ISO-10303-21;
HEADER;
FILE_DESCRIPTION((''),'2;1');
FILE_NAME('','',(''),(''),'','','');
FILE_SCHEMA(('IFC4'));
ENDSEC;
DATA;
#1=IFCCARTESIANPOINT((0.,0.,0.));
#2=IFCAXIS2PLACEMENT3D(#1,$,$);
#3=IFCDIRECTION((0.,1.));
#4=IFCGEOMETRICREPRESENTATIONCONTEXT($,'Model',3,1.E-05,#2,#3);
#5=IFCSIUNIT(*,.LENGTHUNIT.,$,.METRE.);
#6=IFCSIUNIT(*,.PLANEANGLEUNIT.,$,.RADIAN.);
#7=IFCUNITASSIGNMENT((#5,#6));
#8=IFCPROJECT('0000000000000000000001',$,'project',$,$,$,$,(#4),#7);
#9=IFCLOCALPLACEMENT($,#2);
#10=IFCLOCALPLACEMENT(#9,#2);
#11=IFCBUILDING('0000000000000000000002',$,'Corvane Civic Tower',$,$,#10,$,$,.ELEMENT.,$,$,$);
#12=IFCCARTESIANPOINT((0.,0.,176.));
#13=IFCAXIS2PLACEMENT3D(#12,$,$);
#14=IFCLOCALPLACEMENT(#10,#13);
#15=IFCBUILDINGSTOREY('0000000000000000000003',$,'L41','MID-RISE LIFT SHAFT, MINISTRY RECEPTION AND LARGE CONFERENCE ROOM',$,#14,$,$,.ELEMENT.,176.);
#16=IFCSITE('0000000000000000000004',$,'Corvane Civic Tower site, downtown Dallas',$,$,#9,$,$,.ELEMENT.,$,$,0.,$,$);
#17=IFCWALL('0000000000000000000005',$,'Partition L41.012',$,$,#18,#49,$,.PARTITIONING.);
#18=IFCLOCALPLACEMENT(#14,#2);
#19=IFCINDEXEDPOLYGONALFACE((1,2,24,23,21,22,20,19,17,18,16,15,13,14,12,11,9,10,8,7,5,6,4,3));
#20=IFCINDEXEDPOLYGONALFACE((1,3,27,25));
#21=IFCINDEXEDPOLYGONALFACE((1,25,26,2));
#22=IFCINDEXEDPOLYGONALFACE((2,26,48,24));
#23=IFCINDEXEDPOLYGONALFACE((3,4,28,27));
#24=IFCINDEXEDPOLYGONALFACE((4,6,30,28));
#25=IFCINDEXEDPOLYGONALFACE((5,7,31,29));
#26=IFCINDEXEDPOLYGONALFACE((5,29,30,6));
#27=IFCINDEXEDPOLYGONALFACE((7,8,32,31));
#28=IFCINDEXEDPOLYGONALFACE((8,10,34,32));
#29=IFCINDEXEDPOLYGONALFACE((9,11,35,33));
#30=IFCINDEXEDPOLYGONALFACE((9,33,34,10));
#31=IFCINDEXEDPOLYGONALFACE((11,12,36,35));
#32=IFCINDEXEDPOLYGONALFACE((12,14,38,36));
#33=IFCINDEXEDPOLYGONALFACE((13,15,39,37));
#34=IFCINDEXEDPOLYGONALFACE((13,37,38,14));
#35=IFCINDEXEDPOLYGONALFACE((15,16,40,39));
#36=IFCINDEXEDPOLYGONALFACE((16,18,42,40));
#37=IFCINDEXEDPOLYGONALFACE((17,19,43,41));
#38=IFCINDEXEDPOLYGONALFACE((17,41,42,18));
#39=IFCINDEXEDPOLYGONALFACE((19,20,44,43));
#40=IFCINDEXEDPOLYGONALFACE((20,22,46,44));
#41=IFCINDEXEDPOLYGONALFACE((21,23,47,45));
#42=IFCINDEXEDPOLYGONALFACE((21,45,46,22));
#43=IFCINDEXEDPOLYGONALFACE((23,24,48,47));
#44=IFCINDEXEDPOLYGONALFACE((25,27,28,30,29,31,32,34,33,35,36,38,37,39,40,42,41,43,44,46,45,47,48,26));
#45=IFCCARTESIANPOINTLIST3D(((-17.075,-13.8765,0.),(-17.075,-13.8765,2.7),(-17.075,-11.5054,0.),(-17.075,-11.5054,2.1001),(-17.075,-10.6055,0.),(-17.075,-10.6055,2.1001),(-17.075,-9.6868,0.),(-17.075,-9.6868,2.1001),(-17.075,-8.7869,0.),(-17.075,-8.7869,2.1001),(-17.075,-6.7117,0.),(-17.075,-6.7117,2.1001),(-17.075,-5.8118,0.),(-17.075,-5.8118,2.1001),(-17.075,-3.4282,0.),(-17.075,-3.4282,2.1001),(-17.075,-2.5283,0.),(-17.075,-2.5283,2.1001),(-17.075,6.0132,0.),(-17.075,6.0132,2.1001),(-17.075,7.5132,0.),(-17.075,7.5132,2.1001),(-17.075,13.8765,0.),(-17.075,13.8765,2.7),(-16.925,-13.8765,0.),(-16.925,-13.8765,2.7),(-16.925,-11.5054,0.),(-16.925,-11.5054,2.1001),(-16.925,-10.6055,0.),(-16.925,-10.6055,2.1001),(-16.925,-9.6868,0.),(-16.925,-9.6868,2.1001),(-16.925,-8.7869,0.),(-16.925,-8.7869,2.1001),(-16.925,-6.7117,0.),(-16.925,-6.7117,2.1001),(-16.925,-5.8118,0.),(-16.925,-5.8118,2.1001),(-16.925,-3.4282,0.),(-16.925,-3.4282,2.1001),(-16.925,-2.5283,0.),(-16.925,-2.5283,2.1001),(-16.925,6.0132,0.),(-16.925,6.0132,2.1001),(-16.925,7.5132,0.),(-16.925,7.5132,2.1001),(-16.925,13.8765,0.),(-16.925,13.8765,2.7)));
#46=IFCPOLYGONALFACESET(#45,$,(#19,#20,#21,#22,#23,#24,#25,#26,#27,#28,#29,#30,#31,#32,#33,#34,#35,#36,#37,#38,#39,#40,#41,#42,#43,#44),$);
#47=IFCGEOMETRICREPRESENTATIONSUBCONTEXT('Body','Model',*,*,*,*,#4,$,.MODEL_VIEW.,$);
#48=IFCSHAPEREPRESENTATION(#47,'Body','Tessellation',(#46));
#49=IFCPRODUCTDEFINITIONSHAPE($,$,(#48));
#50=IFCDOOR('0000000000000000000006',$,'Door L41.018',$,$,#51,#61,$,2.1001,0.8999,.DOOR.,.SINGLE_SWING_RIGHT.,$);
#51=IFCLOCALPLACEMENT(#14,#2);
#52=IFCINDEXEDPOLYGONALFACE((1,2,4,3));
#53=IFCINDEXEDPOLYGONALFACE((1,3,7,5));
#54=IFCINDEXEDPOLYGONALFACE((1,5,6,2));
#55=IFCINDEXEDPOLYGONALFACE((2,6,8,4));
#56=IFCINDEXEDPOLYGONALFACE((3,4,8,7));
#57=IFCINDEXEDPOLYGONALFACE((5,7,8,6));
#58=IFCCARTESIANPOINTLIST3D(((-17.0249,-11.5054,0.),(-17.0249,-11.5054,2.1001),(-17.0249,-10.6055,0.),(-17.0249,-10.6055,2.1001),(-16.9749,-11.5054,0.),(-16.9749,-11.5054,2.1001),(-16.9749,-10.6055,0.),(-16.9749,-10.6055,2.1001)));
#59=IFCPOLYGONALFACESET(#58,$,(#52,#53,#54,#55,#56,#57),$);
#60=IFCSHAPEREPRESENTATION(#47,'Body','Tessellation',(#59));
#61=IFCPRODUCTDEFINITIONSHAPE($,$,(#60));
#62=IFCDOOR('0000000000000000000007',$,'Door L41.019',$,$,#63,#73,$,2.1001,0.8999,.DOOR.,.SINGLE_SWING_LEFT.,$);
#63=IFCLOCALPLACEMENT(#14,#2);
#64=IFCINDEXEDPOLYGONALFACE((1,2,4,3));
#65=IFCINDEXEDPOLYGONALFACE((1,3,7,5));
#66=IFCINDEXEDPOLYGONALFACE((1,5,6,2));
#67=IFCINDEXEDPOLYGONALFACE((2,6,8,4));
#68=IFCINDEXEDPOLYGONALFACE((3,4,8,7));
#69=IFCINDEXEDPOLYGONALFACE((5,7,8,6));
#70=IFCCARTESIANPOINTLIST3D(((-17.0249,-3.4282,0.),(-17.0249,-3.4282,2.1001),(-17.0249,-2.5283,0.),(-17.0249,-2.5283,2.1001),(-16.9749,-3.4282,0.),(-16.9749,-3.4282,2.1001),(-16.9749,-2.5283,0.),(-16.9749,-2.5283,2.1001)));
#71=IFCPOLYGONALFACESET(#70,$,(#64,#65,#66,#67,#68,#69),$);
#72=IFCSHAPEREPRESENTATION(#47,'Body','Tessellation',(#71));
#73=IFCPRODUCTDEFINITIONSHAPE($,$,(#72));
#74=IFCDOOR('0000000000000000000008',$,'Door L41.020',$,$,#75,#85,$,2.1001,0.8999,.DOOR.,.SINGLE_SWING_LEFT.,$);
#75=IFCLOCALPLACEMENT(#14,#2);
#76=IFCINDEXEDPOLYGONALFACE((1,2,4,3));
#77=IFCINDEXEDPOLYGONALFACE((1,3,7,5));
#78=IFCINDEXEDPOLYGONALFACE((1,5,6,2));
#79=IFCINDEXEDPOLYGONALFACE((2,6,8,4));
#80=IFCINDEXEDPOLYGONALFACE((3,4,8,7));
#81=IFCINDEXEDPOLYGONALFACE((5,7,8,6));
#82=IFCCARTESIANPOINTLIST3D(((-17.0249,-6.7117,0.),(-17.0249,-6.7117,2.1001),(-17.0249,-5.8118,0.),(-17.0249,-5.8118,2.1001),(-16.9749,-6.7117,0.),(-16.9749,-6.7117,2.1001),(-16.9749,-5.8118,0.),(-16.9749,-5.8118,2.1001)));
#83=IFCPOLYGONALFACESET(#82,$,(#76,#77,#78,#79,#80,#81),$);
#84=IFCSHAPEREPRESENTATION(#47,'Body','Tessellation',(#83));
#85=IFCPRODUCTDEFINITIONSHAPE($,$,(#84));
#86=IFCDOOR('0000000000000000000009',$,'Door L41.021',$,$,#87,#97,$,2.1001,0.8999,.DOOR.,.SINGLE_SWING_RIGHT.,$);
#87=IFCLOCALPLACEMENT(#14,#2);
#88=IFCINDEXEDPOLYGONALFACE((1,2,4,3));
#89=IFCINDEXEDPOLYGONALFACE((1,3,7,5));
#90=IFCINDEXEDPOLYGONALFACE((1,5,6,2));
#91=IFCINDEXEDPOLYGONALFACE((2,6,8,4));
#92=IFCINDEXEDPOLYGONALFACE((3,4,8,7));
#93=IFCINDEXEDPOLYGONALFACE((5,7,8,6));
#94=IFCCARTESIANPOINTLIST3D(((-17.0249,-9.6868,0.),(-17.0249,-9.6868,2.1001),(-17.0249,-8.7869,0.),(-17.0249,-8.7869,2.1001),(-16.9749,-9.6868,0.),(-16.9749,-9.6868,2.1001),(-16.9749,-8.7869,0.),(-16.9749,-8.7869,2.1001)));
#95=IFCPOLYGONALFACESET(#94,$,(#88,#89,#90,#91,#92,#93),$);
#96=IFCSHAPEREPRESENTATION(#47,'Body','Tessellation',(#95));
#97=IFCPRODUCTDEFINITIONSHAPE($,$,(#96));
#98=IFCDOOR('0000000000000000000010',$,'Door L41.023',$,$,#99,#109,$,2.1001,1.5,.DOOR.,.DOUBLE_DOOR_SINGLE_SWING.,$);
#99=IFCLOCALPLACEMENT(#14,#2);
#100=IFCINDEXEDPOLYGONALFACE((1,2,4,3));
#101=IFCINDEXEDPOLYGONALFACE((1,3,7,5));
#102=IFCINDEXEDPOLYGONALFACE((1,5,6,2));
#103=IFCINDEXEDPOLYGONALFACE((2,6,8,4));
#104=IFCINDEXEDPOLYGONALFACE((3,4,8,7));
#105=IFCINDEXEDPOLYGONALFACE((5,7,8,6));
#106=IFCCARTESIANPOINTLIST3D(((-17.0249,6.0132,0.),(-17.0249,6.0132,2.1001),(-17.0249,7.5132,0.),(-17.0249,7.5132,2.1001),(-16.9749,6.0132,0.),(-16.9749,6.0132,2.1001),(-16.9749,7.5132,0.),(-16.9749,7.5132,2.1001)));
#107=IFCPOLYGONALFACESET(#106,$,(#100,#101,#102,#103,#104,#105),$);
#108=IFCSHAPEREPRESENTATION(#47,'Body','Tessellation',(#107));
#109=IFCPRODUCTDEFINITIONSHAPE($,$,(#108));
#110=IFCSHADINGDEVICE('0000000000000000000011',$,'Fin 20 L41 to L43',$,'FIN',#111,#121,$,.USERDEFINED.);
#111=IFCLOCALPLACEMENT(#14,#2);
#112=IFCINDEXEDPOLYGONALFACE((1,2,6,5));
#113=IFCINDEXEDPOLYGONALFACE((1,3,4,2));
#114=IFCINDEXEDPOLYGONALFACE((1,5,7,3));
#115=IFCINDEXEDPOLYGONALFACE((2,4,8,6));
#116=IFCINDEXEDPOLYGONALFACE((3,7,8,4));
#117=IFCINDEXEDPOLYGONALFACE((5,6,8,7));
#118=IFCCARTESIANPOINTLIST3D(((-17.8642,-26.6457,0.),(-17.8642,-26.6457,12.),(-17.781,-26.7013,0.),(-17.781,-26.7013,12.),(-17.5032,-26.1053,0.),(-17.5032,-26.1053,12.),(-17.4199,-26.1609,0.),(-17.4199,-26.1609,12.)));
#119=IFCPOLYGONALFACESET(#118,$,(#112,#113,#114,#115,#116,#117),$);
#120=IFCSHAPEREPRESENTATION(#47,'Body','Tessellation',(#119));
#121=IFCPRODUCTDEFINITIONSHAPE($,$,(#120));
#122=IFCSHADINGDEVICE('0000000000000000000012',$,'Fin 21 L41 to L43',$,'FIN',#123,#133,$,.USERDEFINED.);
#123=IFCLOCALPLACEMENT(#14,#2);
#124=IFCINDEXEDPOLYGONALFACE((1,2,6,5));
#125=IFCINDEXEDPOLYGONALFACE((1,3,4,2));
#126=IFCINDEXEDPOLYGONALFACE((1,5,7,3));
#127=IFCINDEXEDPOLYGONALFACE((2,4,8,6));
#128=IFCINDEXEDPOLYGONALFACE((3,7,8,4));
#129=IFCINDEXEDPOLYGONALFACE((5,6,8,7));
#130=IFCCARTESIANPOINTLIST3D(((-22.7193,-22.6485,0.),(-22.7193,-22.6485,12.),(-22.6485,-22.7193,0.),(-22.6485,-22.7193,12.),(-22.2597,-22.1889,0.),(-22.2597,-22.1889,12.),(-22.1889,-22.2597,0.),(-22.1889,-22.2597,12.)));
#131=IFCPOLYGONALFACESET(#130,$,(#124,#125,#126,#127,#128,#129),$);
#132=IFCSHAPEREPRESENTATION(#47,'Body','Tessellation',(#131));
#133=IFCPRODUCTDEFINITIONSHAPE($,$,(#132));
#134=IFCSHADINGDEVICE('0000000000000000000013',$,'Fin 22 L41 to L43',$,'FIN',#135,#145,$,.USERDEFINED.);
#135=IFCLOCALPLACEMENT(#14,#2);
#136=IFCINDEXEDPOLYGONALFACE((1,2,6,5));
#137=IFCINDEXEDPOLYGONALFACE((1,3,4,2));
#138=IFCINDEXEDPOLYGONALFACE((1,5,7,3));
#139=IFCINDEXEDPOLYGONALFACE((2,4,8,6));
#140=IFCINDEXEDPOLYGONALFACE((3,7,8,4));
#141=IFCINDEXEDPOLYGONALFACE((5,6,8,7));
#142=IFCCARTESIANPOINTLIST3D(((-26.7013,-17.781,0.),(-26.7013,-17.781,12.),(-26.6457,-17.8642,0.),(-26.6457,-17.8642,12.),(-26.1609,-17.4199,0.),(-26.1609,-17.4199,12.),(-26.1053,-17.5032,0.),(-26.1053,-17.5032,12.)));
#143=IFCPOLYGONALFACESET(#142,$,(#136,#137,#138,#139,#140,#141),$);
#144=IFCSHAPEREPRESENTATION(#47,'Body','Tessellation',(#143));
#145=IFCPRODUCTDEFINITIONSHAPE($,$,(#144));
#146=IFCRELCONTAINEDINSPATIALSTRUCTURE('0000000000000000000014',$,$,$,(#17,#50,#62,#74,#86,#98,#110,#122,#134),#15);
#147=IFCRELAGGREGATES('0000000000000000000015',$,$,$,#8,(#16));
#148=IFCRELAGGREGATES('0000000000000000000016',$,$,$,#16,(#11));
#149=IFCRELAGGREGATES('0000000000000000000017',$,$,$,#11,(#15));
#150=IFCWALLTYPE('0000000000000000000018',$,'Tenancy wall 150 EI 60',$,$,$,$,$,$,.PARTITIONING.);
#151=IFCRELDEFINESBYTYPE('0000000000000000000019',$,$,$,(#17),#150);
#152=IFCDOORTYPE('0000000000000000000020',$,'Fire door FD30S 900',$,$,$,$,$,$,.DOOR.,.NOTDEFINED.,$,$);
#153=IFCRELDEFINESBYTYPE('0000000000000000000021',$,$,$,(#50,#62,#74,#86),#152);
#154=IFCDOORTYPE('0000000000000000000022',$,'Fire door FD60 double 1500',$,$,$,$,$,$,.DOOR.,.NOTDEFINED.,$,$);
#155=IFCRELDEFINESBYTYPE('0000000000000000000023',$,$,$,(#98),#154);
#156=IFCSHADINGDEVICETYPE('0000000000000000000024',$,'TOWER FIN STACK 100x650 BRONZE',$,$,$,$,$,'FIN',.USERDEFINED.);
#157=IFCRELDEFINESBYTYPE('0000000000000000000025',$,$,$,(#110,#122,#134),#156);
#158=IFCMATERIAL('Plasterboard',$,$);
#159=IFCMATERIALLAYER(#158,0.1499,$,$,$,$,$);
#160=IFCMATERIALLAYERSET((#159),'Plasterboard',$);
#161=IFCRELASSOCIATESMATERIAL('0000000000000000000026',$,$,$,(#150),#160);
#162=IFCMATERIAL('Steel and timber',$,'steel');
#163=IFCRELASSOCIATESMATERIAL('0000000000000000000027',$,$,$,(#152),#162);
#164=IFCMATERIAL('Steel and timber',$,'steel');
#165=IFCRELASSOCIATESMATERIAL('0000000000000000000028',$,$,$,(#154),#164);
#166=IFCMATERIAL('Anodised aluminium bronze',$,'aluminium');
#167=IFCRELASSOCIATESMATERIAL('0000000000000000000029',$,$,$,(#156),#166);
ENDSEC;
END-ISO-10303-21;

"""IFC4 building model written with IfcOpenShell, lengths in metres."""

from ifc_helpers import new_model, si_unit, direction, frame, frame_2d, origin, origin_2d, place, context, subcontext, project, spatial, rectangle, extrude, material, layer, layer_set, material_profile, profile_set, type_object, element, fill, save


model = new_model("IFC4")

# Units and contexts
model_context = context("Model", 3, precision=1e-05, world=origin(), true_north=direction((0.0, 1.0)))
body_context = subcontext(model_context, "Body", "Model", "MODEL_VIEW")
ifc_project = project(units=[si_unit("LENGTHUNIT", "METRE"), si_unit("PLANEANGLEUNIT", "RADIAN")], contexts=[model_context])

# Site, building, storey
site_placement = place(None, origin())
site = spatial("IfcSite", under=ifc_project, at=site_placement, Name="Corvane Civic Tower site, downtown Dallas", CompositionType="ELEMENT", RefElevation=0.0)
building_placement = place(site_placement, origin())
building = spatial("IfcBuilding", under=site, at=building_placement, Name="Corvane Civic Tower", CompositionType="ELEMENT")
storey_placement = place(building_placement, frame((0.0, 0.0, 176.0)))
storey = spatial("IfcBuildingStorey", under=building, at=storey_placement, Name="L41", Description="MID-RISE LIFT SHAFT, MINISTRY RECEPTION AND LARGE CONFERENCE ROOM", CompositionType="ELEMENT", Elevation=176.0)

# Shared definitions
ifc_material_1 = material(Name="Plasterboard")
ifc_layer_1 = layer(ifc_material_1, 0.1499)
ifc_layer_set_1 = layer_set([ifc_layer_1], Name="Plasterboard")
wall_type_1 = type_object("IfcWallType", Name="Tenancy wall 150 EI 60", PredefinedType="PARTITIONING", material=ifc_layer_set_1)
ifc_material_2 = material(Name="Steel and timber", Category="steel")
door_type_1 = type_object("IfcDoorType", Name="Fire door FD30S 900", OperationType="NOTDEFINED", PredefinedType="DOOR", material=ifc_material_2)

# Wall, openings, doors
wall_1_placement = place(storey_placement, frame((-17.0, -13.8765, 0.0), z_axis=(0.0, 0.0, 1.0), x_axis=(0.0, 1.0, 0.0)))
wall_1 = element("IfcWall", 1, at=wall_1_placement, inside=storey, type_object=wall_type_1, Name="Partition L41.012", PredefinedType="PARTITIONING", context=body_context, shape_type="SweptSolid", body=[
    extrude(rectangle(XDim=27.7529, YDim=0.1499, at=frame_2d((13.8765, 0.0))), origin(), (0.0, 0.0, 1.0), 2.7),
])
opening_1_placement = place(wall_1_placement, frame((2.3711, 0.0, 0.0)))
opening_1 = element("IfcOpeningElement", 2, at=opening_1_placement, cuts=wall_1, PredefinedType="OPENING", context=body_context, shape_type="SweptSolid", body=[
    extrude(rectangle(XDim=0.8999, YDim=2.1001, at=frame_2d((0.45, 1.05))), frame((0.0, 0.085, 0.0), z_axis=(0.0, -1.0, 0.0), x_axis=(1.0, 0.0, 0.0)), (0.0, 0.0, 1.0), 0.1699),
])
opening_2_placement = place(wall_1_placement, frame((10.4482, 0.0, 0.0)))
opening_2 = element("IfcOpeningElement", 3, at=opening_2_placement, cuts=wall_1, PredefinedType="OPENING", context=body_context, shape_type="SweptSolid", body=[
    extrude(rectangle(XDim=0.8999, YDim=2.1001, at=frame_2d((0.45, 1.05))), frame((0.0, 0.085, 0.0), z_axis=(0.0, -1.0, 0.0), x_axis=(1.0, 0.0, 0.0)), (0.0, 0.0, 1.0), 0.1699),
])
opening_3_placement = place(wall_1_placement, frame((7.1648, 0.0, 0.0)))
opening_3 = element("IfcOpeningElement", 4, at=opening_3_placement, cuts=wall_1, PredefinedType="OPENING", context=body_context, shape_type="SweptSolid", body=[
    extrude(rectangle(XDim=0.8999, YDim=2.1001, at=frame_2d((0.45, 1.05))), frame((0.0, 0.085, 0.0), z_axis=(0.0, -1.0, 0.0), x_axis=(1.0, 0.0, 0.0)), (0.0, 0.0, 1.0), 0.1699),
])
opening_4_placement = place(wall_1_placement, frame((4.1897, 0.0, 0.0)))
opening_4 = element("IfcOpeningElement", 5, at=opening_4_placement, cuts=wall_1, PredefinedType="OPENING", context=body_context, shape_type="SweptSolid", body=[
    extrude(rectangle(XDim=0.8999, YDim=2.1001, at=frame_2d((0.45, 1.05))), frame((0.0, 0.085, 0.0), z_axis=(0.0, -1.0, 0.0), x_axis=(1.0, 0.0, 0.0)), (0.0, 0.0, 1.0), 0.1699),
])
opening_5_placement = place(wall_1_placement, frame((19.8896, 0.0, 0.0)))
opening_5 = element("IfcOpeningElement", 6, at=opening_5_placement, cuts=wall_1, PredefinedType="OPENING", context=body_context, shape_type="SweptSolid", body=[
    extrude(rectangle(XDim=1.5, YDim=2.1001, at=frame_2d((0.75, 1.05))), frame((0.0, 0.085, 0.0), z_axis=(0.0, -1.0, 0.0), x_axis=(1.0, 0.0, 0.0)), (0.0, 0.0, 1.0), 0.1699),
])
door_1_placement = place(opening_1_placement, origin())
door_1 = element("IfcDoor", 7, at=door_1_placement, inside=storey, type_object=door_type_1, Name="Door L41.018", OperationType="SINGLE_SWING_RIGHT", OverallHeight=2.1001, OverallWidth=0.8999, PredefinedType="DOOR", context=body_context, shape_type="SweptSolid", body=[
    extrude(rectangle(XDim=0.8999, YDim=2.1001, at=frame_2d((0.45, 1.05))), frame((0.0, 0.0249, 0.0), z_axis=(0.0, -1.0, 0.0), x_axis=(1.0, 0.0, 0.0)), (0.0, 0.0, 1.0), 0.05),
])
fill(opening_1, door_1)
door_2_placement = place(opening_2_placement, origin())
door_2 = element("IfcDoor", 8, at=door_2_placement, inside=storey, type_object=door_type_1, Name="Door L41.019", OperationType="SINGLE_SWING_LEFT", OverallHeight=2.1001, OverallWidth=0.8999, PredefinedType="DOOR", context=body_context, shape_type="SweptSolid", body=[
    extrude(rectangle(XDim=0.8999, YDim=2.1001, at=frame_2d((0.45, 1.05))), frame((0.0, 0.0249, 0.0), z_axis=(0.0, -1.0, 0.0), x_axis=(1.0, 0.0, 0.0)), (0.0, 0.0, 1.0), 0.05),
])
fill(opening_2, door_2)
door_3_placement = place(opening_3_placement, origin())
door_3 = element("IfcDoor", 9, at=door_3_placement, inside=storey, type_object=door_type_1, Name="Door L41.020", OperationType="SINGLE_SWING_LEFT", OverallHeight=2.1001, OverallWidth=0.8999, PredefinedType="DOOR", context=body_context, shape_type="SweptSolid", body=[
    extrude(rectangle(XDim=0.8999, YDim=2.1001, at=frame_2d((0.45, 1.05))), frame((0.0, 0.0249, 0.0), z_axis=(0.0, -1.0, 0.0), x_axis=(1.0, 0.0, 0.0)), (0.0, 0.0, 1.0), 0.05),
])
fill(opening_3, door_3)
door_4_placement = place(opening_4_placement, origin())
door_4 = element("IfcDoor", 10, at=door_4_placement, inside=storey, type_object=door_type_1, Name="Door L41.021", OperationType="SINGLE_SWING_RIGHT", OverallHeight=2.1001, OverallWidth=0.8999, PredefinedType="DOOR", context=body_context, shape_type="SweptSolid", body=[
    extrude(rectangle(XDim=0.8999, YDim=2.1001, at=frame_2d((0.45, 1.05))), frame((0.0, 0.0249, 0.0), z_axis=(0.0, -1.0, 0.0), x_axis=(1.0, 0.0, 0.0)), (0.0, 0.0, 1.0), 0.05),
])
fill(opening_4, door_4)
ifc_material_3 = material(Name="Steel and timber", Category="steel")
door_type_2 = type_object("IfcDoorType", Name="Fire door FD60 double 1500", OperationType="NOTDEFINED", PredefinedType="DOOR", material=ifc_material_3)
door_5_placement = place(opening_5_placement, origin())
door_5 = element("IfcDoor", 11, at=door_5_placement, inside=storey, type_object=door_type_2, Name="Door L41.023", OperationType="DOUBLE_DOOR_SINGLE_SWING", OverallHeight=2.1001, OverallWidth=1.5, PredefinedType="DOOR", context=body_context, shape_type="SweptSolid", body=[
    extrude(rectangle(XDim=1.5, YDim=2.1001, at=frame_2d((0.75, 1.05))), frame((0.0, 0.0249, 0.0), z_axis=(0.0, -1.0, 0.0), x_axis=(1.0, 0.0, 0.0)), (0.0, 0.0, 1.0), 0.05),
])
fill(opening_5, door_5)

# Shading devices
ifc_material_4 = material(Name="Anodised aluminium bronze", Category="aluminium")
ifc_material_profile_1 = material_profile(ifc_material_4, rectangle(XDim=0.1001, YDim=0.6499, at=origin_2d()), Name="TOWER FIN STACK 100x650 BRONZE")
ifc_profile_set_1 = profile_set([ifc_material_profile_1], Name="Anodised aluminium bronze")
shading_device_type = type_object("IfcShadingDeviceType", Name="TOWER FIN STACK 100x650 BRONZE", ElementType="FIN", PredefinedType="USERDEFINED", material=ifc_profile_set_1)
for number, where, z_axis, x_axis, name in (
    (12, (-17.6421, -26.4033, 0.0), (0.0, 0.0, 1.0), (-0.83147, 0.55557, 0.0), "Fin 20 L41 to L43"),
    (13, (-22.4541, -22.4541, 0.0), (0.0, 0.0, 1.0), (-0.707107, 0.707107, 0.0), "Fin 21 L41 to L43"),
    (14, (-26.4033, -17.6421, 0.0), (0.0, 0.0, 1.0), (-0.55557, 0.83147, 0.0), "Fin 22 L41 to L43"),
):
    element("IfcShadingDevice", number, at=place(storey_placement, frame(where, z_axis=z_axis, x_axis=x_axis)), inside=storey, type_object=shading_device_type, Name=name, ObjectType="FIN", PredefinedType="USERDEFINED", context=body_context, shape_type="SweptSolid", body=[
        extrude(rectangle(XDim=0.1001, YDim=0.6499, at=origin_2d()), origin(), (0.0, 0.0, 1.0), 12.0),
    ])

save(model, "model.ifc")
